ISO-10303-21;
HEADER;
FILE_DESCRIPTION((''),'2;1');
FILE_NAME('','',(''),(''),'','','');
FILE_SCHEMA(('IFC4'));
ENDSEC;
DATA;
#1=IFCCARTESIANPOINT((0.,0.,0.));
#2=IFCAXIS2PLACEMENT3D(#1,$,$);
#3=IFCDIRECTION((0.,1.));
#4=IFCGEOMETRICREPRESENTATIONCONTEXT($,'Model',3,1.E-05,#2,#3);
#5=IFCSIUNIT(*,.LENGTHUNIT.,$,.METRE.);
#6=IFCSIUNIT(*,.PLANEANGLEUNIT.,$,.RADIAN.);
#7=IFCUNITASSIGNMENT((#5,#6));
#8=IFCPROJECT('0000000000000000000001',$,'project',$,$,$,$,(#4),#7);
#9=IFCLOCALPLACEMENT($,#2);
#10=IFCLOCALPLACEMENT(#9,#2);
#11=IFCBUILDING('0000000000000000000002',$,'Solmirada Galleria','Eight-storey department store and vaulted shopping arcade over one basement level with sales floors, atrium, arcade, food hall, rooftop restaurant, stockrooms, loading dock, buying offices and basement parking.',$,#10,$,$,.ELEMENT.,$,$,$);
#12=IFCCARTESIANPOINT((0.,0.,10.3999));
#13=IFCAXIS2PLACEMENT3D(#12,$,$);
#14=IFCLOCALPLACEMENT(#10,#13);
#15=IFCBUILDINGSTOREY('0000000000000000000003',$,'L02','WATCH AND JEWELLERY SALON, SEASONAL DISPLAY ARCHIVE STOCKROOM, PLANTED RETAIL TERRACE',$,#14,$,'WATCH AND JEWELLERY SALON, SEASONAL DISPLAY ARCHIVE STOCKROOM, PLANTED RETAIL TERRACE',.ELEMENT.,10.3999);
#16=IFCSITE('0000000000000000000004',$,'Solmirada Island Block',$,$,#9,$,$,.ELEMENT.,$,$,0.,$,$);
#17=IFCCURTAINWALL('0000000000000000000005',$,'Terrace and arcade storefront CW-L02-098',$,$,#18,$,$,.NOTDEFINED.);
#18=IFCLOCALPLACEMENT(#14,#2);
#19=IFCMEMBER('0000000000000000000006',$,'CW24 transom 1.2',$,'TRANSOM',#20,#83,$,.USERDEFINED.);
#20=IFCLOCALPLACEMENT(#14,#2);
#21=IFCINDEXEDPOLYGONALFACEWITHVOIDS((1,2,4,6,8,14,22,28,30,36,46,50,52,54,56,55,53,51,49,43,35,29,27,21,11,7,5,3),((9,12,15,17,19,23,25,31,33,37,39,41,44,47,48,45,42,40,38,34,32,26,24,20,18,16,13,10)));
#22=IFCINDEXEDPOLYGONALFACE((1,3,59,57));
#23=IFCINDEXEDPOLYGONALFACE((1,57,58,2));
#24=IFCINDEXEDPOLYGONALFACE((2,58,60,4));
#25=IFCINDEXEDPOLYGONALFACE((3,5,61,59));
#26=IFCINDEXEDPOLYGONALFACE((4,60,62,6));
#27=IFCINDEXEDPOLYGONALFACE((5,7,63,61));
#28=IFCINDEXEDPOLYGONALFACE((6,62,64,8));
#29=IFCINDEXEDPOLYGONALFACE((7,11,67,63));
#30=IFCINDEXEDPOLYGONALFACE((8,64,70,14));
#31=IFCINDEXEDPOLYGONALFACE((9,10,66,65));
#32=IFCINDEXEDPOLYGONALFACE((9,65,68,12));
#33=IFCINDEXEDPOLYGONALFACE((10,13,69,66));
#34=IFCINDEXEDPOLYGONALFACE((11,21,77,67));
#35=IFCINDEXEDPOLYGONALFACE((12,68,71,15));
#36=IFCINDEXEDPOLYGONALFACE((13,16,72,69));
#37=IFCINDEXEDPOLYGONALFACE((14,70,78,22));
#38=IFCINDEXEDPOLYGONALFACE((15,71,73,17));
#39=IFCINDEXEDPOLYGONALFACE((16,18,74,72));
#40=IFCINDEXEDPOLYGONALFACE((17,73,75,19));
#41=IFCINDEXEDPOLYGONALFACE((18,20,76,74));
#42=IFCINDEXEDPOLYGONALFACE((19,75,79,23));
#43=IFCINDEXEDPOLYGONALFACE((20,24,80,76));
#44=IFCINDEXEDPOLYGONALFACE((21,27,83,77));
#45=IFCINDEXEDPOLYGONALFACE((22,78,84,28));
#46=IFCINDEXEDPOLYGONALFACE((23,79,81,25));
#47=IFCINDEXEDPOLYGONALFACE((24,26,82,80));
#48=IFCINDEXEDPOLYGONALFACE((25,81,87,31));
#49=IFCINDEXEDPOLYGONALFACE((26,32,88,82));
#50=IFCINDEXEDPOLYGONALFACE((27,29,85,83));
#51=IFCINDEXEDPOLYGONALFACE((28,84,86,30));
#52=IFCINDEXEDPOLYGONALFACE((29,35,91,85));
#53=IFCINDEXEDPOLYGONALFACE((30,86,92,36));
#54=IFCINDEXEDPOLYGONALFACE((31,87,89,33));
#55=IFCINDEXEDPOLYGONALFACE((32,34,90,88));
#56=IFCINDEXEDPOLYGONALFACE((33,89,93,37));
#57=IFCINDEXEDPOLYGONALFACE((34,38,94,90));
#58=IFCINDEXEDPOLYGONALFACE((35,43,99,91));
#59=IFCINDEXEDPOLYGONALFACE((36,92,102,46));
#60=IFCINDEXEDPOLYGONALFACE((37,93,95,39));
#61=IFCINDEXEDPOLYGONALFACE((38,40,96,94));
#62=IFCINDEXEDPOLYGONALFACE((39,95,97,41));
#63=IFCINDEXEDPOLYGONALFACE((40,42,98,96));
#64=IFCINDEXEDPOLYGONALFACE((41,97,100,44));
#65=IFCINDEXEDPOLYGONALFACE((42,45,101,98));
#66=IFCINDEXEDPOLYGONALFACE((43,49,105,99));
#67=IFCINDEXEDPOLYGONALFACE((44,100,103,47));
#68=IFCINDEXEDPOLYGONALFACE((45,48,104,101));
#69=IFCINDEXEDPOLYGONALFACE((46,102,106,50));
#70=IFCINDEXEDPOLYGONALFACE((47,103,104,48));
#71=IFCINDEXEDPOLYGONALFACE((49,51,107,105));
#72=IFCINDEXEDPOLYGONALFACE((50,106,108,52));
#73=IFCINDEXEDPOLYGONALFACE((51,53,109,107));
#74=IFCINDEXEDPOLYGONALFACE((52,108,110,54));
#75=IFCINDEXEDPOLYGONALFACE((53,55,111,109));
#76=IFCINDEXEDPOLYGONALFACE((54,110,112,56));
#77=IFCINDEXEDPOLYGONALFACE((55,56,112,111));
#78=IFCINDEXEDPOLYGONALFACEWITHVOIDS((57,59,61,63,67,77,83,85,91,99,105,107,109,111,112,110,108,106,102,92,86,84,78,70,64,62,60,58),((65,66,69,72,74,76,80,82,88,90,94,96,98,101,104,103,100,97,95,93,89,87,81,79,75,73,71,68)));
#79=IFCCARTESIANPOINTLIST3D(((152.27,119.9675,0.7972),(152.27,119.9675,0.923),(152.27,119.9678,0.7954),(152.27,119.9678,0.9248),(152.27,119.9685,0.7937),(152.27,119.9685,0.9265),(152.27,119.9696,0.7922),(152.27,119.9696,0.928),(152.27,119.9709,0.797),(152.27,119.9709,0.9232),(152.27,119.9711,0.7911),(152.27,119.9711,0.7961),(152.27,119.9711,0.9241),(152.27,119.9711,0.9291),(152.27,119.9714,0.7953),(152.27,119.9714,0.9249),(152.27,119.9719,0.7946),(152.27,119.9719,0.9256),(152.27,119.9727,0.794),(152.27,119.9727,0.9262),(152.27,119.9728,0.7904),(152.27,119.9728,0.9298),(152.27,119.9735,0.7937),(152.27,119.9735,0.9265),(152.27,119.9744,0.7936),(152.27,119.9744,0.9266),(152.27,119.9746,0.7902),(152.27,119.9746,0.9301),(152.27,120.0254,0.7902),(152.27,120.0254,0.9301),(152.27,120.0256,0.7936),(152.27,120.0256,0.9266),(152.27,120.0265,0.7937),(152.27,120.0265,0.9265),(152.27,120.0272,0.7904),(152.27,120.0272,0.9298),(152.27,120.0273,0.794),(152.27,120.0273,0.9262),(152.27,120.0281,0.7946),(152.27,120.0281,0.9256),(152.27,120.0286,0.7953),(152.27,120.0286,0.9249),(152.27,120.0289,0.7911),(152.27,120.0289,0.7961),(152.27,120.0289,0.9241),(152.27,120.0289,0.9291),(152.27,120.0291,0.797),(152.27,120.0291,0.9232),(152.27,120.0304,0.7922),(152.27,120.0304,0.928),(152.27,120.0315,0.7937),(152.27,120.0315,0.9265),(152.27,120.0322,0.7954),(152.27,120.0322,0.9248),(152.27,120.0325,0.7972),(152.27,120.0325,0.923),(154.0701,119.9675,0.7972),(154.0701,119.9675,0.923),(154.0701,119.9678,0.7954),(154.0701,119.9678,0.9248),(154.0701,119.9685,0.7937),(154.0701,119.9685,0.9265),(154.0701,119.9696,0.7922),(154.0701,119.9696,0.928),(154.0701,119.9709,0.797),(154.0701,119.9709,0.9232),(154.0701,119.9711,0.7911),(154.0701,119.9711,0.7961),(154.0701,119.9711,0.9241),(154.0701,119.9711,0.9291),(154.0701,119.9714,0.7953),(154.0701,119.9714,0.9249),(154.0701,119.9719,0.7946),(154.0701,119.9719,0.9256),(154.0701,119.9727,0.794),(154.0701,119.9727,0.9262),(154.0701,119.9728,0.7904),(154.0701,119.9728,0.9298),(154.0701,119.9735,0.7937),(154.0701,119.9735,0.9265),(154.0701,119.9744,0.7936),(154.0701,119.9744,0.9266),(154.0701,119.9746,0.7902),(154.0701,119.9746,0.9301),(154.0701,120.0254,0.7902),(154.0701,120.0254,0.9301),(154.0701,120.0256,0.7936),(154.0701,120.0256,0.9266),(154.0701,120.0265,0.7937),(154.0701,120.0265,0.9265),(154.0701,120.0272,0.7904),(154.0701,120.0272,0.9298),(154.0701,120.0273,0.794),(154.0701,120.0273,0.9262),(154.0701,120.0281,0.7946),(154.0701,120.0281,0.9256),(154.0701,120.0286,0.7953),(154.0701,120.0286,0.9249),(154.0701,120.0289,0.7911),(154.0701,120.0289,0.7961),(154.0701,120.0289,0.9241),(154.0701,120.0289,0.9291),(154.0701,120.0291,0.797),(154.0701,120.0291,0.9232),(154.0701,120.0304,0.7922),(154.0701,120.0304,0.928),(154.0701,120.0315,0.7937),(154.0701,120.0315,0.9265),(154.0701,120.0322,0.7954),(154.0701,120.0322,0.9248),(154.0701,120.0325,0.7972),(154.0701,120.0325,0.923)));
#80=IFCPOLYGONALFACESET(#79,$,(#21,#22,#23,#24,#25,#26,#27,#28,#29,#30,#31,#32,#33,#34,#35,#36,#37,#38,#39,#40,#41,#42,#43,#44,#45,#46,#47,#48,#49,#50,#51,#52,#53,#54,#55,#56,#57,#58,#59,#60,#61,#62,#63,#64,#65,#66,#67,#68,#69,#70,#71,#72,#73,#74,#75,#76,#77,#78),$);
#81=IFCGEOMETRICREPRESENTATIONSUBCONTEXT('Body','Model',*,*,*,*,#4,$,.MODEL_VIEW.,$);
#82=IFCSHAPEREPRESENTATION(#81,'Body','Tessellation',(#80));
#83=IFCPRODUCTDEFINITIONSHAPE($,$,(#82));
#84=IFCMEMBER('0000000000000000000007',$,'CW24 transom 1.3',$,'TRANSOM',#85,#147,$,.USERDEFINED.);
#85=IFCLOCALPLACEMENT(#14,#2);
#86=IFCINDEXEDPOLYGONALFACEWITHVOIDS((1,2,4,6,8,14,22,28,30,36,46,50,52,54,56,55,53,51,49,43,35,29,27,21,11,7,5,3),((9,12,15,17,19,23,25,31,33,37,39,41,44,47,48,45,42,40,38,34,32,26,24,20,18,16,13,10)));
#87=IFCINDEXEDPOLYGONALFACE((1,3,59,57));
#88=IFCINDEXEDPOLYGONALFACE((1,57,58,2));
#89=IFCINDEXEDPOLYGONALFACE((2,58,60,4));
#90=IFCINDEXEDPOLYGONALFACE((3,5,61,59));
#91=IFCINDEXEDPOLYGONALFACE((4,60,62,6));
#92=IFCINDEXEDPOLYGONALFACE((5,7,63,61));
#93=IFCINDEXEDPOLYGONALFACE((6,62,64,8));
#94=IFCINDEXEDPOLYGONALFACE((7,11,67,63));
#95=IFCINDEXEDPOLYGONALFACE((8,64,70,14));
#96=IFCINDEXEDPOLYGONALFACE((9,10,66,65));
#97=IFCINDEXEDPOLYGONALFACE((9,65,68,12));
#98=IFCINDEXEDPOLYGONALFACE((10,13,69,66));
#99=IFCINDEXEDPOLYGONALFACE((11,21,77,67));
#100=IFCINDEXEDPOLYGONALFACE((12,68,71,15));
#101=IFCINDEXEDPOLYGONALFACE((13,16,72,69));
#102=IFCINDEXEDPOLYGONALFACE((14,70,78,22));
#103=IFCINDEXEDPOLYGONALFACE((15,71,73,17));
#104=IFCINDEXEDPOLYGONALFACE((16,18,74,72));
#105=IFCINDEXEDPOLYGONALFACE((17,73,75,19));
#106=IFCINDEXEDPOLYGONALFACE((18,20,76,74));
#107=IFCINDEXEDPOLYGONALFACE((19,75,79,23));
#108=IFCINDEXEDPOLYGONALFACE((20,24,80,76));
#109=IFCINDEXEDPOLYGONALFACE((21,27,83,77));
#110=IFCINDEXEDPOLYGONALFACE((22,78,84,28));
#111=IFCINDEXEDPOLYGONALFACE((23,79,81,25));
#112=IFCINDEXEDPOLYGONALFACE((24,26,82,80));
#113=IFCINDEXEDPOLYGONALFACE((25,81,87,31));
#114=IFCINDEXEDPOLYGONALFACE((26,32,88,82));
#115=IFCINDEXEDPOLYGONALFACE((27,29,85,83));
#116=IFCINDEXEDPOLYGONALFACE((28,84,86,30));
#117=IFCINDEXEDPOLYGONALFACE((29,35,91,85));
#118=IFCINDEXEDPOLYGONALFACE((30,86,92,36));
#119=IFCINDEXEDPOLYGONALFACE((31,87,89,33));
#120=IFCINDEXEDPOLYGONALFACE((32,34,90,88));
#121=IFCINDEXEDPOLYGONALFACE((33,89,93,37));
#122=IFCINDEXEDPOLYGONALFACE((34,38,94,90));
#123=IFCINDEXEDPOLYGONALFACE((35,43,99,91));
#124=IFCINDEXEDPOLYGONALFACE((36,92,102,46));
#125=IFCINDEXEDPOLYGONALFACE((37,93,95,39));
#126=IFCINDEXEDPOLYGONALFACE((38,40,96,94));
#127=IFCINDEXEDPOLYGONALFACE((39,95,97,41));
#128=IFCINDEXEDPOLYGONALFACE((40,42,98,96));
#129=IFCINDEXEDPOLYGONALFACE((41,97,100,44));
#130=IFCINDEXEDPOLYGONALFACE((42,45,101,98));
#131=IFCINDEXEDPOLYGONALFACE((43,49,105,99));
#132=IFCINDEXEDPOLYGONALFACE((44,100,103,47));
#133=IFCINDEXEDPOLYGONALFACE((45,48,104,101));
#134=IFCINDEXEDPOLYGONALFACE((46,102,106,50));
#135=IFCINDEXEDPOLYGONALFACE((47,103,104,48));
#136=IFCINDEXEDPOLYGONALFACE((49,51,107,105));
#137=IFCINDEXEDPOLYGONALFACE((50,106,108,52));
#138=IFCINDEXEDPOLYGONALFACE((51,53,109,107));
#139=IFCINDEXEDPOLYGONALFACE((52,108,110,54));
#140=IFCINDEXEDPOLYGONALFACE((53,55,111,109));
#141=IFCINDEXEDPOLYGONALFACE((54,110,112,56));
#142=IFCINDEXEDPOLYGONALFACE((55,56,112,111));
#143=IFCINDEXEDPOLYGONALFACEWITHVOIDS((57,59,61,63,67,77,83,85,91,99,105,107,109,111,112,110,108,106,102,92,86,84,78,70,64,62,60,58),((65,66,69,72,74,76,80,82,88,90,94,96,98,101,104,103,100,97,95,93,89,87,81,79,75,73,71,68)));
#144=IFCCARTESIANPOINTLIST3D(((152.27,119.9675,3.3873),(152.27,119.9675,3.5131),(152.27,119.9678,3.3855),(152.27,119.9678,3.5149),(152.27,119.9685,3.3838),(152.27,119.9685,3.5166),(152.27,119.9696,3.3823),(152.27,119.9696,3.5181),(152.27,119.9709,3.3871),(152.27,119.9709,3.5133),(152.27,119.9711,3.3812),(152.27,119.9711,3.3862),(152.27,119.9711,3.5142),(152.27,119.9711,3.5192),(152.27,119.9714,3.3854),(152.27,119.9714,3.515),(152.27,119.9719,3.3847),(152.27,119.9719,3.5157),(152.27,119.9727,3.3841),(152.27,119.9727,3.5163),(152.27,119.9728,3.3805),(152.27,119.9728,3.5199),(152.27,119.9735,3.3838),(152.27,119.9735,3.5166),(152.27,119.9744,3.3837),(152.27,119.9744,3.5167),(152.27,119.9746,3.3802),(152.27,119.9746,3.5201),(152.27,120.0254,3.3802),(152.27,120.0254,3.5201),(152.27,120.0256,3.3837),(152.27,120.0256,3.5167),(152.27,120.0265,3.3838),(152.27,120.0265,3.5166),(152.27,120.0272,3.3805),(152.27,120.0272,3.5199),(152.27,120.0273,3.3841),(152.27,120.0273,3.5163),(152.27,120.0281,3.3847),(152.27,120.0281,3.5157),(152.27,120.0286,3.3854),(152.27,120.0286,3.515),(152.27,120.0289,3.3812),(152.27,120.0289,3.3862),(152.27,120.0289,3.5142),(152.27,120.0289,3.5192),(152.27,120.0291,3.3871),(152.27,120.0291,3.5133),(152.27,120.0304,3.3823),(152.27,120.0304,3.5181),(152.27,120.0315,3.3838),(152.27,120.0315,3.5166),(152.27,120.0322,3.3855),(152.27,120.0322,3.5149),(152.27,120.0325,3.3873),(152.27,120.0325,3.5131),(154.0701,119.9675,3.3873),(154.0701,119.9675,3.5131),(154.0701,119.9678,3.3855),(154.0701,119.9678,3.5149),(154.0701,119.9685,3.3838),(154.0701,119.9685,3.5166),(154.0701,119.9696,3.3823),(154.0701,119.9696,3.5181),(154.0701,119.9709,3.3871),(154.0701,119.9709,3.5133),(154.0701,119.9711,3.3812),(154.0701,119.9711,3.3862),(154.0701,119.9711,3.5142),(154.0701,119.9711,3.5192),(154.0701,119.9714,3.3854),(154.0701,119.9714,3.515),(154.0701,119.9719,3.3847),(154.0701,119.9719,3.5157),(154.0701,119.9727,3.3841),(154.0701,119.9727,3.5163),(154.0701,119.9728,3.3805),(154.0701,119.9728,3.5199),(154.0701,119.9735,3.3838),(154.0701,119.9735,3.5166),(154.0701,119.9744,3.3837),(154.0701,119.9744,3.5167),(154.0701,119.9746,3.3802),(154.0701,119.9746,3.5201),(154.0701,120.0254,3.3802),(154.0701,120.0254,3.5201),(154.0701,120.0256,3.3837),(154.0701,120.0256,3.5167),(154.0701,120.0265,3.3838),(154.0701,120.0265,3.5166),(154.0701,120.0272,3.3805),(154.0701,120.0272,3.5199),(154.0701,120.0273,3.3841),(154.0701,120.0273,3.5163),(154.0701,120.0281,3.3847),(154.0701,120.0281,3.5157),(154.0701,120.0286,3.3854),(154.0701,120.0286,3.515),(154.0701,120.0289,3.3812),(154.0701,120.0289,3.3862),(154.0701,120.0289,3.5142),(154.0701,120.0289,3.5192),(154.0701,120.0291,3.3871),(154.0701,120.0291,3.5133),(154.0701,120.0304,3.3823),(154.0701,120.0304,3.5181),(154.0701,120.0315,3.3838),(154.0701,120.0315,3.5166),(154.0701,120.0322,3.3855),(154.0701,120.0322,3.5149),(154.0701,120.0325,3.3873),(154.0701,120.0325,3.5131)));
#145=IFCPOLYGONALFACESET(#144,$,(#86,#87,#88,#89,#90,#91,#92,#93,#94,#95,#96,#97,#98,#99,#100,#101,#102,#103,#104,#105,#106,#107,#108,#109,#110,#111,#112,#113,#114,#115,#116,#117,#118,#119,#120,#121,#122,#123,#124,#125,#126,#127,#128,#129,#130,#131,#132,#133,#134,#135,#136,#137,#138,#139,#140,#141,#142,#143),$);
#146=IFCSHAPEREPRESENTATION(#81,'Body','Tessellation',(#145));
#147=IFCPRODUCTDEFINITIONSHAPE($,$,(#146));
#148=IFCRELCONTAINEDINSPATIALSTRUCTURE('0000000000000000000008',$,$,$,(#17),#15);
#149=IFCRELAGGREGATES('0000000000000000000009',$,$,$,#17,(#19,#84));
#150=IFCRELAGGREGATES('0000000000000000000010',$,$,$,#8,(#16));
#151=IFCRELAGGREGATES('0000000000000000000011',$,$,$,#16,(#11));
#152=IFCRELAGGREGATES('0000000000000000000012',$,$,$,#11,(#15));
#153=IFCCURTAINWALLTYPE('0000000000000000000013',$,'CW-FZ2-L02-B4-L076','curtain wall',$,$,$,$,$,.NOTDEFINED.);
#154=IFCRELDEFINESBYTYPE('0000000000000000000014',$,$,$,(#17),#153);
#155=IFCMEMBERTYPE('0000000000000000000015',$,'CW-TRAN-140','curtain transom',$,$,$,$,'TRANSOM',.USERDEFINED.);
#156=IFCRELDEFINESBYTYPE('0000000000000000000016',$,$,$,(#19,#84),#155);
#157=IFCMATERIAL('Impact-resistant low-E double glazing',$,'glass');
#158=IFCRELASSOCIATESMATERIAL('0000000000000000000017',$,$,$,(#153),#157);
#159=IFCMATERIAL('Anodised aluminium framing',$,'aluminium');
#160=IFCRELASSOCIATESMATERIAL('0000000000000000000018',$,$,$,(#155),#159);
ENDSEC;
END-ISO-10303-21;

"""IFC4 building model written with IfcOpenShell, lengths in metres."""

from ifc_helpers import new_model, si_unit, direction, frame, origin, origin_2d, place, context, subcontext, project, spatial, hollow_rectangle, extrude, material, material_profile, profile_set, type_object, element, aggregate, save


model = new_model("IFC4")

# Units and contexts
model_context = context("Model", 3, precision=1e-05, world=origin(), true_north=direction((0.0, 1.0)))
body_context = subcontext(model_context, "Body", "Model", "MODEL_VIEW")
ifc_project = project(units=[si_unit("LENGTHUNIT", "METRE"), si_unit("PLANEANGLEUNIT", "RADIAN")], contexts=[model_context])

# Site, building, storey
site_placement = place(None, origin())
site = spatial("IfcSite", under=ifc_project, at=site_placement, Name="Solmirada Island Block", CompositionType="ELEMENT", RefElevation=0.0)
building_placement = place(site_placement, origin())
building = spatial("IfcBuilding", under=site, at=building_placement, Name="Solmirada Galleria", Description="Eight-storey department store and vaulted shopping arcade over one basement level with sales floors, atrium, arcade, food hall, rooftop restaurant, stockrooms, loading dock, buying offices and basement parking.", CompositionType="ELEMENT")
storey_placement = place(building_placement, frame((0.0, 0.0, 10.3999)))
storey = spatial("IfcBuildingStorey", under=building, at=storey_placement, Name="L02", Description="WATCH AND JEWELLERY SALON, SEASONAL DISPLAY ARCHIVE STOCKROOM, PLANTED RETAIL TERRACE", LongName="WATCH AND JEWELLERY SALON, SEASONAL DISPLAY ARCHIVE STOCKROOM, PLANTED RETAIL TERRACE", CompositionType="ELEMENT", Elevation=10.3999)

# Shared definitions
ifc_material_1 = material(Name="Impact-resistant low-E double glazing", Category="glass")
curtain_wall_type = type_object("IfcCurtainWallType", Name="CW-FZ2-L02-B4-L076", Description="curtain wall", PredefinedType="NOTDEFINED", material=ifc_material_1)
ifc_material_2 = material(Name="Anodised aluminium framing", Category="aluminium")

# Curtain wall, members
curtain_wall_1_placement = place(storey_placement, origin())
curtain_wall_1 = element("IfcCurtainWall", 1, at=curtain_wall_1_placement, inside=storey, type_object=curtain_wall_type, Name="Terrace and arcade storefront CW-L02-098", PredefinedType="NOTDEFINED")
ifc_material_profile_1 = material_profile(ifc_material_2, hollow_rectangle(XDim=0.0649, YDim=0.1399, WallThickness=0.0034, InnerFilletRadius=0.0034, OuterFilletRadius=0.0071, at=origin_2d()), Name="ALU-TRAN-140X65")
ifc_profile_set_1 = profile_set([ifc_material_profile_1], Name="Anodised aluminium framing")
member_type_1 = type_object("IfcMemberType", Name="CW-TRAN-140", Description="curtain transom", ElementType="TRANSOM", PredefinedType="USERDEFINED", material=ifc_profile_set_1)
member_1_placement = place(storey_placement, frame((152.27, 120.0, 0.8601), z_axis=(1.0, 0.0, 0.0), x_axis=(0.0, 1.0, 0.0)))
member_1 = element("IfcMember", 2, at=member_1_placement, type_object=member_type_1, Name="CW24 transom 1.2", ObjectType="TRANSOM", PredefinedType="USERDEFINED", context=body_context, shape_type="SweptSolid", body=[
    extrude(hollow_rectangle(XDim=0.0649, YDim=0.1399, WallThickness=0.0034, InnerFilletRadius=0.0034, OuterFilletRadius=0.0071, at=origin_2d()), origin(), (0.0, 0.0, 1.0), 1.8),
])
member_2_placement = place(storey_placement, frame((152.27, 120.0, 3.4502), z_axis=(1.0, 0.0, 0.0), x_axis=(0.0, 1.0, 0.0)))
member_2 = element("IfcMember", 3, at=member_2_placement, type_object=member_type_1, Name="CW24 transom 1.3", ObjectType="TRANSOM", PredefinedType="USERDEFINED", context=body_context, shape_type="SweptSolid", body=[
    extrude(hollow_rectangle(XDim=0.0649, YDim=0.1399, WallThickness=0.0034, InnerFilletRadius=0.0034, OuterFilletRadius=0.0071, at=origin_2d()), origin(), (0.0, 0.0, 1.0), 1.8),
])

aggregate(curtain_wall_1, [member_1, member_2])

save(model, "model.ifc")
